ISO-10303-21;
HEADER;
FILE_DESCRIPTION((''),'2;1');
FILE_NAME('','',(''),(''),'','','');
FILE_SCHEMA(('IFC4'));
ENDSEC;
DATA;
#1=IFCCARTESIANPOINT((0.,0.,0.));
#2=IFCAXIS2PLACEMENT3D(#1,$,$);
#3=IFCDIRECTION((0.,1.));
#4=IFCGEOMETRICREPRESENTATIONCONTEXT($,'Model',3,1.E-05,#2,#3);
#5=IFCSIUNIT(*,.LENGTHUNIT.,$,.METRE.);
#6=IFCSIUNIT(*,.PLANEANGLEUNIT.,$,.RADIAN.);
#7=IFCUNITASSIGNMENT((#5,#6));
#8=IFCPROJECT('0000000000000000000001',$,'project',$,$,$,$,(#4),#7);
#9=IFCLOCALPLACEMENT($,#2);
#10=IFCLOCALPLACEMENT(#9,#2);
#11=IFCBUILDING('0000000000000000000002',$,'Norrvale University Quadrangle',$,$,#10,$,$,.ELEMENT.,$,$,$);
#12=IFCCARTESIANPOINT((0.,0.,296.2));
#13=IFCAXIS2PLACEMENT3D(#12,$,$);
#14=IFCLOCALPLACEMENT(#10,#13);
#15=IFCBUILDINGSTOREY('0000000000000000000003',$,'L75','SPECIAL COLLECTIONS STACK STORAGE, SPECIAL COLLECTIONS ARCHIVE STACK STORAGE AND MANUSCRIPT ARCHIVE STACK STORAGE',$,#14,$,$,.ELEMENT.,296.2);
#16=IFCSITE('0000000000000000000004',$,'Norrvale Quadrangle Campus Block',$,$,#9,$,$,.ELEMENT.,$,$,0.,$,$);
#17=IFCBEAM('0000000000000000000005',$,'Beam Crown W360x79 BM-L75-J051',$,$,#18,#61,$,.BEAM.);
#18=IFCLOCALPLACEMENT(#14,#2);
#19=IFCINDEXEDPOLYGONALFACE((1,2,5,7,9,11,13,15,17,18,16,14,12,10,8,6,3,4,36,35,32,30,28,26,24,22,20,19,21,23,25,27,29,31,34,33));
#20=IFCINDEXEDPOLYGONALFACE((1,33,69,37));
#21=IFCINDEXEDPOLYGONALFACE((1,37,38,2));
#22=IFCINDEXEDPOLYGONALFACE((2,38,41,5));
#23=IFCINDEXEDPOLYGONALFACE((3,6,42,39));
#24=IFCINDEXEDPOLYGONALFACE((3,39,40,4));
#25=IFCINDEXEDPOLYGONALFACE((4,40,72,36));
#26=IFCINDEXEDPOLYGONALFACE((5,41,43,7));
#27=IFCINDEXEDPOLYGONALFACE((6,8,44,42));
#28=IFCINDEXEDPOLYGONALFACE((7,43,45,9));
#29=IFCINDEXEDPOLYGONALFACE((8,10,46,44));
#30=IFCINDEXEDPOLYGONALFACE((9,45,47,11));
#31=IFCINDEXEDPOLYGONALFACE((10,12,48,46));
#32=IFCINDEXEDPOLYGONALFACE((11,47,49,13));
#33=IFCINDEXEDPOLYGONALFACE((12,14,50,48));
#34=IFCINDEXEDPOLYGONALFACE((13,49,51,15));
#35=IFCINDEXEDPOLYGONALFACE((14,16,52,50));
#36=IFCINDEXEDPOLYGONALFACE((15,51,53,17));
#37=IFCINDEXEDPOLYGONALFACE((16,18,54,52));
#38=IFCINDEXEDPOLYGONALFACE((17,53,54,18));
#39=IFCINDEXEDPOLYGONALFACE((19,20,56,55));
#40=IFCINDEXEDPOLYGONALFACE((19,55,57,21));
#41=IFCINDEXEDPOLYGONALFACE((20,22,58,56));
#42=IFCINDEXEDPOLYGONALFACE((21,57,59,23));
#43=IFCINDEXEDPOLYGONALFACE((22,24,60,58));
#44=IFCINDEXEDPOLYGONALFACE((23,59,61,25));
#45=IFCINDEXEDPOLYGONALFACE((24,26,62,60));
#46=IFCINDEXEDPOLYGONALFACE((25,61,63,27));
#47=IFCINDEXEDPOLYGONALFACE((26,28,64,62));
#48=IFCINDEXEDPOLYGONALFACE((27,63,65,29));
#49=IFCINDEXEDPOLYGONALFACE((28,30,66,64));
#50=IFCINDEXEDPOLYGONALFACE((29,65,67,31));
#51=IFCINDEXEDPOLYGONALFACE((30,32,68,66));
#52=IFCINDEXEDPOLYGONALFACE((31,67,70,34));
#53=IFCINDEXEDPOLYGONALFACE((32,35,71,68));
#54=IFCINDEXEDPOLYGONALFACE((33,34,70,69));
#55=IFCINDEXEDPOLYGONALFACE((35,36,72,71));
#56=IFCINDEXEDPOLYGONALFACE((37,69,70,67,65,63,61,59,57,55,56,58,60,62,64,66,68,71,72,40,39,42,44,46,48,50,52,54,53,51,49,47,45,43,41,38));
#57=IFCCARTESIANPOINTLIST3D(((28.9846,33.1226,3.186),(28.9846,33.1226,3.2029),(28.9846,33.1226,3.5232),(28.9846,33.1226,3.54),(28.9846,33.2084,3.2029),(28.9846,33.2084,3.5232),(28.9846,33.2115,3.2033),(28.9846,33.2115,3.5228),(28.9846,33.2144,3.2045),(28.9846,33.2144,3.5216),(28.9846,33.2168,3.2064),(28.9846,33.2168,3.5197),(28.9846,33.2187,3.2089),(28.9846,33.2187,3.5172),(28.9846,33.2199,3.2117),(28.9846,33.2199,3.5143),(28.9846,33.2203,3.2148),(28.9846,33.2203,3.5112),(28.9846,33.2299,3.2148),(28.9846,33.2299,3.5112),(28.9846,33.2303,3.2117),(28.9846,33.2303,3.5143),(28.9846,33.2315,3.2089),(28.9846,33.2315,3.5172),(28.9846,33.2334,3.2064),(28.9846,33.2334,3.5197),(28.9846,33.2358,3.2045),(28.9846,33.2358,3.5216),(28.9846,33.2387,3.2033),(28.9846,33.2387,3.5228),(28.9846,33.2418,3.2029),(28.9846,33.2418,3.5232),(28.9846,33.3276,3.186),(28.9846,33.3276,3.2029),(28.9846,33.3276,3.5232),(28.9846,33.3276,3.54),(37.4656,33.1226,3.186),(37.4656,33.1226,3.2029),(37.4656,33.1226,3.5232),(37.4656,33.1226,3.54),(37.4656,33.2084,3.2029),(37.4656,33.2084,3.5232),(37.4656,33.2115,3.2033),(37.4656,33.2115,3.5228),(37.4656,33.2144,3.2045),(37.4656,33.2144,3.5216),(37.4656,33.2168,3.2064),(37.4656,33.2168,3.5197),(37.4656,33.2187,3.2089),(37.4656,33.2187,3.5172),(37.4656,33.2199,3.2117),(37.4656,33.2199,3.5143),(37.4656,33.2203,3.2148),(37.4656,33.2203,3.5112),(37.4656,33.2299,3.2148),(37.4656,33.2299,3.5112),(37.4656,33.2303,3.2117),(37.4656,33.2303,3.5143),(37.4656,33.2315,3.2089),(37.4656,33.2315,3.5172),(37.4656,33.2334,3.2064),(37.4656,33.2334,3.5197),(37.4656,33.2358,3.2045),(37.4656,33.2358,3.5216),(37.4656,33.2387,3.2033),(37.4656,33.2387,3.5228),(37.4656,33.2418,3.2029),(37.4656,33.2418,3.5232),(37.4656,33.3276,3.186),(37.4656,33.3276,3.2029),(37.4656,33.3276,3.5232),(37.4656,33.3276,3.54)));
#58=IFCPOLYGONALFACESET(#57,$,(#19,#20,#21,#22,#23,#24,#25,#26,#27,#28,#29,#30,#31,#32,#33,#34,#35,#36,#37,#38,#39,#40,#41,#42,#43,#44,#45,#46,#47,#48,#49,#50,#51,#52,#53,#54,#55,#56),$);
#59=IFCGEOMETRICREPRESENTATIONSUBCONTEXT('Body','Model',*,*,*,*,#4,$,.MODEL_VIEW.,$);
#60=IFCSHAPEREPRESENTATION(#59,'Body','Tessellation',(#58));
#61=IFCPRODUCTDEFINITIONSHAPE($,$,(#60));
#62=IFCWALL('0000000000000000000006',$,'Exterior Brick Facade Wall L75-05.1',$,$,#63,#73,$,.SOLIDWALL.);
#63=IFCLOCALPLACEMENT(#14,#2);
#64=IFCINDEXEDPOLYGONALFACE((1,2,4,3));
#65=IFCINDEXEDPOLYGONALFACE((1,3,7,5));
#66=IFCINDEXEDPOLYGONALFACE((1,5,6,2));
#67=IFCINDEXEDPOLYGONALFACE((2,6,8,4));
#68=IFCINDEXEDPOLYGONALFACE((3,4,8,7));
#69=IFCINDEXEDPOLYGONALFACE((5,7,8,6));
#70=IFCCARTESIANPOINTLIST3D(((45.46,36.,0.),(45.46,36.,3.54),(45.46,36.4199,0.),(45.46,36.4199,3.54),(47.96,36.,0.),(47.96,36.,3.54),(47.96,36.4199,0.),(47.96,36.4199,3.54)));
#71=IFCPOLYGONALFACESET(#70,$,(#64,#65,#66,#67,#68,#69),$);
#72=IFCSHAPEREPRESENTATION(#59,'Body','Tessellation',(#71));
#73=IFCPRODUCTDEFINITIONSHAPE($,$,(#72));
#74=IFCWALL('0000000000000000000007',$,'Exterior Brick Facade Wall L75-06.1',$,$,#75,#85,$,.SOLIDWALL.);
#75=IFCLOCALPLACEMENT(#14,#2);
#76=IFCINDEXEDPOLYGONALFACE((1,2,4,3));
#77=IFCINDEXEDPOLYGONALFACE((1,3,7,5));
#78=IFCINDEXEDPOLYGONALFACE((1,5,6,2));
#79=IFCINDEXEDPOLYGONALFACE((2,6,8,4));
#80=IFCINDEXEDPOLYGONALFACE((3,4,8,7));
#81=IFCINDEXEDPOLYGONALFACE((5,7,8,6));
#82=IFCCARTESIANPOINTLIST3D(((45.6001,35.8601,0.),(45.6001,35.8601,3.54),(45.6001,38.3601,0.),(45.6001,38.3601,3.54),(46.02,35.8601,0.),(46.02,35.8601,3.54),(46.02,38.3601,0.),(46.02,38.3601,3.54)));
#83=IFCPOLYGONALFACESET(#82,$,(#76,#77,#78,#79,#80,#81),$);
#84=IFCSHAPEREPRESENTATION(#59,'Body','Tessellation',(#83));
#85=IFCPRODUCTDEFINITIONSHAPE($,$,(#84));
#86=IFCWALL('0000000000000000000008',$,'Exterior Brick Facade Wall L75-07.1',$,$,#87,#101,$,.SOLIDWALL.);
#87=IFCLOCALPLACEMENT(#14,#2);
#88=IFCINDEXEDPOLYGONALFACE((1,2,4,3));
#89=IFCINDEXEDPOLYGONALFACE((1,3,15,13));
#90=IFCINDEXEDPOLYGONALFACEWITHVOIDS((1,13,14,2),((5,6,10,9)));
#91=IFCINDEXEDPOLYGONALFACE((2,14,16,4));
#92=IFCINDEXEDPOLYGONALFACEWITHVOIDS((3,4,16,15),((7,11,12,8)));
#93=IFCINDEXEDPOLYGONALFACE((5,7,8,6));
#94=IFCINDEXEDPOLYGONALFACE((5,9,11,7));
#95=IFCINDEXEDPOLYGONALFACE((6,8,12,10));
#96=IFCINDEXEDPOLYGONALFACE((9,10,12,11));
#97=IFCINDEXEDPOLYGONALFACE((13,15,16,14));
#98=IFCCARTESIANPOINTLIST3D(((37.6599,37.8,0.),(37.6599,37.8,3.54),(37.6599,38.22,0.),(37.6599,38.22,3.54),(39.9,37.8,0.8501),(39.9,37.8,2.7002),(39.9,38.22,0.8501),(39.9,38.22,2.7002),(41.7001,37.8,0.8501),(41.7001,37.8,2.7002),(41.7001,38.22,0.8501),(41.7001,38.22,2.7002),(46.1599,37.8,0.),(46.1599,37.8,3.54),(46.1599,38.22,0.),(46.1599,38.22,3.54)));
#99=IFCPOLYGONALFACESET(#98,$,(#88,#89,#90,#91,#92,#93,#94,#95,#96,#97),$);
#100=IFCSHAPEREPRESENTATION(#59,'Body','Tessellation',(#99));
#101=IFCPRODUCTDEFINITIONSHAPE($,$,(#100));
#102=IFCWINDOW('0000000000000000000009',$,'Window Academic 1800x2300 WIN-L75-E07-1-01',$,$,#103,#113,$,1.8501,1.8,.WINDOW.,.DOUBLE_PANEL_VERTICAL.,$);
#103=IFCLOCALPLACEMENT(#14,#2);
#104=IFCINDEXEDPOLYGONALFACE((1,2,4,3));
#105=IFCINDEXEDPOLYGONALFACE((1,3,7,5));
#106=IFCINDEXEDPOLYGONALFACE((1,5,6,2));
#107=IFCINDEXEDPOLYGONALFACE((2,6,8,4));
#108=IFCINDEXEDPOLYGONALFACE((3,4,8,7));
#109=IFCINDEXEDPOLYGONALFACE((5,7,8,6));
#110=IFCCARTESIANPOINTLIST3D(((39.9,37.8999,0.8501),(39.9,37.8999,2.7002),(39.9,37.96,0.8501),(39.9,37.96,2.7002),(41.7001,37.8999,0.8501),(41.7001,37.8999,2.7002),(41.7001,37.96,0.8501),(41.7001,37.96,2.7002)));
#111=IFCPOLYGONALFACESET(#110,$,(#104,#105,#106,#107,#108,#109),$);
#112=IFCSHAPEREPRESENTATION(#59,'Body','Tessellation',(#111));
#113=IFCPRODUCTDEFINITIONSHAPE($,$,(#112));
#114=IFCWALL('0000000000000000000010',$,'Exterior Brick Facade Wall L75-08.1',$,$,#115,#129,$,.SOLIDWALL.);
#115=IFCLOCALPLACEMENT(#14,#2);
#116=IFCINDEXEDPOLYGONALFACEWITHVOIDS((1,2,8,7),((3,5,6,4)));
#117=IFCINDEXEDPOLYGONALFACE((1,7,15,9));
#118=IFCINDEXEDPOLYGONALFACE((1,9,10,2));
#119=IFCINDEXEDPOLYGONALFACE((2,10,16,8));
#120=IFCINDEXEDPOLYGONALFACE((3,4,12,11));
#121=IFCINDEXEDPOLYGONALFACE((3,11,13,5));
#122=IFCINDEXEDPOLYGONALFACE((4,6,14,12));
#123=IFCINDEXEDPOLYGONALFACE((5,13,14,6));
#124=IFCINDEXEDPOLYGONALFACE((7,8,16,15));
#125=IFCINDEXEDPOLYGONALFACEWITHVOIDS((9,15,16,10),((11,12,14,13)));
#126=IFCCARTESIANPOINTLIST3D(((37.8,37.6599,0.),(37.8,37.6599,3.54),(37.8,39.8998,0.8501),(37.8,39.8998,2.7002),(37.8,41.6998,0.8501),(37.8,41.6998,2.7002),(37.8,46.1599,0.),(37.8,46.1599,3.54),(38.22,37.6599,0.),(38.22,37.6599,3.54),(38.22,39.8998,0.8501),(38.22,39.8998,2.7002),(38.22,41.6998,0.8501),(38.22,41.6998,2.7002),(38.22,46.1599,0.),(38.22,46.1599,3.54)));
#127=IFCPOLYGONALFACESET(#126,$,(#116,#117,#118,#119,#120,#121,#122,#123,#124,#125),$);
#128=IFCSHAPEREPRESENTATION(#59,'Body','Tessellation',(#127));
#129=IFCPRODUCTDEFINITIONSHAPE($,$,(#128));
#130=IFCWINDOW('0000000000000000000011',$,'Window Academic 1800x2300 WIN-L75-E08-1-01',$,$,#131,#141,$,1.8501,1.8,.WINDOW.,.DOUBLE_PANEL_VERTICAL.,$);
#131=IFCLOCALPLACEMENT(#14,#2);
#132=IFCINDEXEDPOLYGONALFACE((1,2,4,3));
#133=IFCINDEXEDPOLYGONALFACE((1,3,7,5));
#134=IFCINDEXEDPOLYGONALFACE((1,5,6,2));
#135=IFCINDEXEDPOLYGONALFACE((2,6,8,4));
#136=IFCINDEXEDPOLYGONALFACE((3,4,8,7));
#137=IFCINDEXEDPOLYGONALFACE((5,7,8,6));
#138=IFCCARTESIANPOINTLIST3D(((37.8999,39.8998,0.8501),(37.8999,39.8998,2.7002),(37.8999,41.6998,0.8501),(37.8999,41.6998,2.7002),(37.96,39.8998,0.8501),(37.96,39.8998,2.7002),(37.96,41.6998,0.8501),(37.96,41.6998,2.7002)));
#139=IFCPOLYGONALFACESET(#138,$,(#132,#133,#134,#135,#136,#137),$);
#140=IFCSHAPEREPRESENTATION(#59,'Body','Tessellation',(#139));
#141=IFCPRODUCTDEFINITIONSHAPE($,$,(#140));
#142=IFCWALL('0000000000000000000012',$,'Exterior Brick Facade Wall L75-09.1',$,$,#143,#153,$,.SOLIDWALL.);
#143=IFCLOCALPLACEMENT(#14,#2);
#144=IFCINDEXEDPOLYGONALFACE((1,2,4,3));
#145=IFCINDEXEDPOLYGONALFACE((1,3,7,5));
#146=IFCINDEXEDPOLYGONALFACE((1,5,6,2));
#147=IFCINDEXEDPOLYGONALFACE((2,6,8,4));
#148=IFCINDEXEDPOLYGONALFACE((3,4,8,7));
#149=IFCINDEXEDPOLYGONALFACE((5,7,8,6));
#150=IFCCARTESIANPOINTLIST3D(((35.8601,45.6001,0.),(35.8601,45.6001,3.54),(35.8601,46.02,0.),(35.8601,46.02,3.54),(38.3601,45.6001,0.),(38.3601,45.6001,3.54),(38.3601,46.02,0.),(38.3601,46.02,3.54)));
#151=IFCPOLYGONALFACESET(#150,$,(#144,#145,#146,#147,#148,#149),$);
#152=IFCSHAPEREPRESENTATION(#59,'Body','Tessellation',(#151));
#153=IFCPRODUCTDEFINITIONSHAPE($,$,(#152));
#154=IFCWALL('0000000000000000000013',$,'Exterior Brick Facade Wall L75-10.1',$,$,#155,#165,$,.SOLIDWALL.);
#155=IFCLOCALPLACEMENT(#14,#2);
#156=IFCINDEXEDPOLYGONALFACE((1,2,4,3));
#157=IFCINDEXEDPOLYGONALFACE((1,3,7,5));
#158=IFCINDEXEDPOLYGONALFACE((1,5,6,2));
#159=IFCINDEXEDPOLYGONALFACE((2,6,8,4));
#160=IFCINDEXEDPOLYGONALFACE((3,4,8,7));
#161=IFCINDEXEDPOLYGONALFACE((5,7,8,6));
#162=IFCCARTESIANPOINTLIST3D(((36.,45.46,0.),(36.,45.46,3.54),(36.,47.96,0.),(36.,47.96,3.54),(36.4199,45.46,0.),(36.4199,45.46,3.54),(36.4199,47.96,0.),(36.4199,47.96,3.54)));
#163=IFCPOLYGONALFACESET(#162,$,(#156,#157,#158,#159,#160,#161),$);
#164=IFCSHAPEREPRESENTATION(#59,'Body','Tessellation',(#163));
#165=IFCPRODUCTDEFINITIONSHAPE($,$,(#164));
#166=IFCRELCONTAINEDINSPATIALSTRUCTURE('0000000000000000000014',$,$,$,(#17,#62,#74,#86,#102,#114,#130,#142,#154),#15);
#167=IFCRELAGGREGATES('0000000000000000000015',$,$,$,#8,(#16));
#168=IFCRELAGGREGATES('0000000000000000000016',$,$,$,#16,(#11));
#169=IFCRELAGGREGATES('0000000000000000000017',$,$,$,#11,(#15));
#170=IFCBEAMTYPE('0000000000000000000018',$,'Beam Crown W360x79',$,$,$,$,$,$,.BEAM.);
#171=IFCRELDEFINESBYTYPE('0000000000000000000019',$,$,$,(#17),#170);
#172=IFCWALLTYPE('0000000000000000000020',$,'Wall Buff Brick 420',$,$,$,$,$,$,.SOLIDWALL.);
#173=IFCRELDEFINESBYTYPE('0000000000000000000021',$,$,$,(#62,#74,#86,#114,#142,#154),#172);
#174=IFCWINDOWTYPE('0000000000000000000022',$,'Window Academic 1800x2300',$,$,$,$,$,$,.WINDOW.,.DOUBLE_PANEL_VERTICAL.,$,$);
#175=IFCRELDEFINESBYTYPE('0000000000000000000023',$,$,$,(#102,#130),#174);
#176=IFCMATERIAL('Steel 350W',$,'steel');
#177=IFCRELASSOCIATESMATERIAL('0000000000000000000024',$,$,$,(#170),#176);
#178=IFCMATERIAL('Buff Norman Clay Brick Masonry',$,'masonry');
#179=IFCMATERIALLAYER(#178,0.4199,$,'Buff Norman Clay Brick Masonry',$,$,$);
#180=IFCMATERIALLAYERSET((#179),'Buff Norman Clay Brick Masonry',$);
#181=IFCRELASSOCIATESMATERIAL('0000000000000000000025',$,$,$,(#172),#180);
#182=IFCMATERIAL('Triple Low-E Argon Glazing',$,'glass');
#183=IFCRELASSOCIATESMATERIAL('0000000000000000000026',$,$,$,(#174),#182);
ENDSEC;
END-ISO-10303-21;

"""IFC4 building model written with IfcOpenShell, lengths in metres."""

from ifc_helpers import new_model, si_unit, direction, frame, frame_2d, origin, origin_2d, place, context, subcontext, project, spatial, rectangle, i_section, extrude, material, layer, layer_set, material_profile, profile_set, type_object, element, fill, save


model = new_model("IFC4")

# Units and contexts
model_context = context("Model", 3, precision=1e-05, world=origin(), true_north=direction((0.0, 1.0)))
body_context = subcontext(model_context, "Body", "Model", "MODEL_VIEW")
ifc_project = project(units=[si_unit("LENGTHUNIT", "METRE"), si_unit("PLANEANGLEUNIT", "RADIAN")], contexts=[model_context])

# Site, building, storey
site_placement = place(None, origin())
site = spatial("IfcSite", under=ifc_project, at=site_placement, Name="Norrvale Quadrangle Campus Block", CompositionType="ELEMENT", RefElevation=0.0)
building_placement = place(site_placement, origin())
building = spatial("IfcBuilding", under=site, at=building_placement, Name="Norrvale University Quadrangle", CompositionType="ELEMENT")
storey_placement = place(building_placement, frame((0.0, 0.0, 296.2)))
storey = spatial("IfcBuildingStorey", under=building, at=storey_placement, Name="L75", Description="SPECIAL COLLECTIONS STACK STORAGE, SPECIAL COLLECTIONS ARCHIVE STACK STORAGE AND MANUSCRIPT ARCHIVE STACK STORAGE", CompositionType="ELEMENT", Elevation=296.2)

# Beam
ifc_material_1 = material(Name="Steel 350W", Category="steel")
ifc_material_profile_1 = material_profile(ifc_material_1, i_section(OverallWidth=0.2051, OverallDepth=0.354, WebThickness=0.0095, FlangeThickness=0.0168, FilletRadius=0.012, at=origin_2d()), Name="Steel 350W")
ifc_profile_set_1 = profile_set([ifc_material_profile_1], Name="Steel 350W")
beam_type_1 = type_object("IfcBeamType", Name="Beam Crown W360x79", PredefinedType="BEAM", material=ifc_profile_set_1)
beam_1_placement = place(storey_placement, frame((28.9846, 33.2251, 3.363), z_axis=(1.0, 0.0, 0.0), x_axis=(0.0, 1.0, 0.0)))
element("IfcBeam", 1, at=beam_1_placement, inside=storey, type_object=beam_type_1, Name="Beam Crown W360x79 BM-L75-J051", PredefinedType="BEAM", context=body_context, shape_type="SweptSolid", body=[
    extrude(i_section(OverallWidth=0.2051, OverallDepth=0.354, WebThickness=0.0095, FlangeThickness=0.0168, FilletRadius=0.012, at=origin_2d()), origin(), (0.0, 0.0, 1.0), 8.481),
])

# Walls
ifc_material_2 = material(Name="Buff Norman Clay Brick Masonry", Category="masonry")
ifc_layer_1 = layer(ifc_material_2, 0.4199, Name="Buff Norman Clay Brick Masonry")
ifc_layer_set_1 = layer_set([ifc_layer_1], Name="Buff Norman Clay Brick Masonry")
wall_type_1 = type_object("IfcWallType", Name="Wall Buff Brick 420", PredefinedType="SOLIDWALL", material=ifc_layer_set_1)
for number, where, z_axis, x_axis, name in (
    (2, (47.96, 36.21, 0.0), (0.0, 0.0, 1.0), (-1.0, 0.0, 0.0), "Exterior Brick Facade Wall L75-05.1"),
    (3, (45.8101, 35.8601, 0.0), (0.0, 0.0, 1.0), (0.0, 1.0, 0.0), "Exterior Brick Facade Wall L75-06.1"),
):
    element("IfcWall", number, at=place(storey_placement, frame(where, z_axis=z_axis, x_axis=x_axis)), inside=storey, type_object=wall_type_1, Name=name, PredefinedType="SOLIDWALL", context=body_context, shape_type="SweptSolid", body=[
        extrude(rectangle(XDim=2.5, YDim=0.4199, at=frame_2d((1.25, 0.0))), origin(), (0.0, 0.0, 1.0), 3.54),
    ])

# Walls, openings, windows
wall_1_placement = place(storey_placement, frame((46.1599, 38.01, 0.0), z_axis=(0.0, 0.0, 1.0), x_axis=(-1.0, 0.0, 0.0)))
wall_1 = element("IfcWall", 4, at=wall_1_placement, inside=storey, type_object=wall_type_1, Name="Exterior Brick Facade Wall L75-07.1", PredefinedType="SOLIDWALL", context=body_context, shape_type="SweptSolid", body=[
    extrude(rectangle(XDim=8.5, YDim=0.4199, at=frame_2d((4.25, 0.0))), origin(), (0.0, 0.0, 1.0), 3.54),
])
opening_1_placement = place(wall_1_placement, frame((4.46, 0.0, 0.8501)))
opening_1 = element("IfcOpeningElement", 5, at=opening_1_placement, cuts=wall_1, PredefinedType="OPENING", context=body_context, shape_type="SweptSolid", body=[
    extrude(rectangle(XDim=1.8, YDim=1.8501, at=frame_2d((0.8999, 0.925))), frame((0.0, 0.2219, 0.0), z_axis=(0.0, -1.0, 0.0), x_axis=(1.0, 0.0, 0.0)), (0.0, 0.0, 1.0), 0.4438),
])
ifc_material_3 = material(Name="Triple Low-E Argon Glazing", Category="glass")
window_type_1 = type_object("IfcWindowType", Name="Window Academic 1800x2300", PartitioningType="DOUBLE_PANEL_VERTICAL", PredefinedType="WINDOW", material=ifc_material_3)
window_1_placement = place(opening_1_placement, origin())
window_1 = element("IfcWindow", 6, at=window_1_placement, inside=storey, type_object=window_type_1, Name="Window Academic 1800x2300 WIN-L75-E07-1-01", OverallHeight=1.8501, OverallWidth=1.8, PartitioningType="DOUBLE_PANEL_VERTICAL", PredefinedType="WINDOW", context=body_context, shape_type="SweptSolid", body=[
    extrude(rectangle(XDim=1.8, YDim=1.8501, at=frame_2d((0.8999, 0.925))), frame((0.0, 0.1101, 0.0), z_axis=(0.0, -1.0, 0.0), x_axis=(1.0, 0.0, 0.0)), (0.0, 0.0, 1.0), 0.0601),
])
fill(opening_1, window_1)
wall_2_placement = place(storey_placement, frame((38.01, 37.6599, 0.0), z_axis=(0.0, 0.0, 1.0), x_axis=(0.0, 1.0, 0.0)))
wall_2 = element("IfcWall", 7, at=wall_2_placement, inside=storey, type_object=wall_type_1, Name="Exterior Brick Facade Wall L75-08.1", PredefinedType="SOLIDWALL", context=body_context, shape_type="SweptSolid", body=[
    extrude(rectangle(XDim=8.5, YDim=0.4199, at=frame_2d((4.25, 0.0))), origin(), (0.0, 0.0, 1.0), 3.54),
])
opening_2_placement = place(wall_2_placement, frame((2.24, 0.0, 0.8501)))
opening_2 = element("IfcOpeningElement", 8, at=opening_2_placement, cuts=wall_2, PredefinedType="OPENING", context=body_context, shape_type="SweptSolid", body=[
    extrude(rectangle(XDim=1.8, YDim=1.8501, at=frame_2d((0.8999, 0.925))), frame((0.0, 0.2219, 0.0), z_axis=(0.0, -1.0, 0.0), x_axis=(1.0, 0.0, 0.0)), (0.0, 0.0, 1.0), 0.4438),
])
window_2_placement = place(opening_2_placement, origin())
window_2 = element("IfcWindow", 9, at=window_2_placement, inside=storey, type_object=window_type_1, Name="Window Academic 1800x2300 WIN-L75-E08-1-01", OverallHeight=1.8501, OverallWidth=1.8, PartitioningType="DOUBLE_PANEL_VERTICAL", PredefinedType="WINDOW", context=body_context, shape_type="SweptSolid", body=[
    extrude(rectangle(XDim=1.8, YDim=1.8501, at=frame_2d((0.8999, 0.925))), frame((0.0, 0.1101, 0.0), z_axis=(0.0, -1.0, 0.0), x_axis=(1.0, 0.0, 0.0)), (0.0, 0.0, 1.0), 0.0601),
])
fill(opening_2, window_2)

# Walls
for number, where, z_axis, x_axis, name in (
    (10, (38.3601, 45.8101, 0.0), (0.0, 0.0, 1.0), (-1.0, 0.0, 0.0), "Exterior Brick Facade Wall L75-09.1"),
    (11, (36.21, 45.46, 0.0), (0.0, 0.0, 1.0), (0.0, 1.0, 0.0), "Exterior Brick Facade Wall L75-10.1"),
):
    element("IfcWall", number, at=place(storey_placement, frame(where, z_axis=z_axis, x_axis=x_axis)), inside=storey, type_object=wall_type_1, Name=name, PredefinedType="SOLIDWALL", context=body_context, shape_type="SweptSolid", body=[
        extrude(rectangle(XDim=2.5, YDim=0.4199, at=frame_2d((1.25, 0.0))), origin(), (0.0, 0.0, 1.0), 3.54),
    ])

save(model, "model.ifc")
